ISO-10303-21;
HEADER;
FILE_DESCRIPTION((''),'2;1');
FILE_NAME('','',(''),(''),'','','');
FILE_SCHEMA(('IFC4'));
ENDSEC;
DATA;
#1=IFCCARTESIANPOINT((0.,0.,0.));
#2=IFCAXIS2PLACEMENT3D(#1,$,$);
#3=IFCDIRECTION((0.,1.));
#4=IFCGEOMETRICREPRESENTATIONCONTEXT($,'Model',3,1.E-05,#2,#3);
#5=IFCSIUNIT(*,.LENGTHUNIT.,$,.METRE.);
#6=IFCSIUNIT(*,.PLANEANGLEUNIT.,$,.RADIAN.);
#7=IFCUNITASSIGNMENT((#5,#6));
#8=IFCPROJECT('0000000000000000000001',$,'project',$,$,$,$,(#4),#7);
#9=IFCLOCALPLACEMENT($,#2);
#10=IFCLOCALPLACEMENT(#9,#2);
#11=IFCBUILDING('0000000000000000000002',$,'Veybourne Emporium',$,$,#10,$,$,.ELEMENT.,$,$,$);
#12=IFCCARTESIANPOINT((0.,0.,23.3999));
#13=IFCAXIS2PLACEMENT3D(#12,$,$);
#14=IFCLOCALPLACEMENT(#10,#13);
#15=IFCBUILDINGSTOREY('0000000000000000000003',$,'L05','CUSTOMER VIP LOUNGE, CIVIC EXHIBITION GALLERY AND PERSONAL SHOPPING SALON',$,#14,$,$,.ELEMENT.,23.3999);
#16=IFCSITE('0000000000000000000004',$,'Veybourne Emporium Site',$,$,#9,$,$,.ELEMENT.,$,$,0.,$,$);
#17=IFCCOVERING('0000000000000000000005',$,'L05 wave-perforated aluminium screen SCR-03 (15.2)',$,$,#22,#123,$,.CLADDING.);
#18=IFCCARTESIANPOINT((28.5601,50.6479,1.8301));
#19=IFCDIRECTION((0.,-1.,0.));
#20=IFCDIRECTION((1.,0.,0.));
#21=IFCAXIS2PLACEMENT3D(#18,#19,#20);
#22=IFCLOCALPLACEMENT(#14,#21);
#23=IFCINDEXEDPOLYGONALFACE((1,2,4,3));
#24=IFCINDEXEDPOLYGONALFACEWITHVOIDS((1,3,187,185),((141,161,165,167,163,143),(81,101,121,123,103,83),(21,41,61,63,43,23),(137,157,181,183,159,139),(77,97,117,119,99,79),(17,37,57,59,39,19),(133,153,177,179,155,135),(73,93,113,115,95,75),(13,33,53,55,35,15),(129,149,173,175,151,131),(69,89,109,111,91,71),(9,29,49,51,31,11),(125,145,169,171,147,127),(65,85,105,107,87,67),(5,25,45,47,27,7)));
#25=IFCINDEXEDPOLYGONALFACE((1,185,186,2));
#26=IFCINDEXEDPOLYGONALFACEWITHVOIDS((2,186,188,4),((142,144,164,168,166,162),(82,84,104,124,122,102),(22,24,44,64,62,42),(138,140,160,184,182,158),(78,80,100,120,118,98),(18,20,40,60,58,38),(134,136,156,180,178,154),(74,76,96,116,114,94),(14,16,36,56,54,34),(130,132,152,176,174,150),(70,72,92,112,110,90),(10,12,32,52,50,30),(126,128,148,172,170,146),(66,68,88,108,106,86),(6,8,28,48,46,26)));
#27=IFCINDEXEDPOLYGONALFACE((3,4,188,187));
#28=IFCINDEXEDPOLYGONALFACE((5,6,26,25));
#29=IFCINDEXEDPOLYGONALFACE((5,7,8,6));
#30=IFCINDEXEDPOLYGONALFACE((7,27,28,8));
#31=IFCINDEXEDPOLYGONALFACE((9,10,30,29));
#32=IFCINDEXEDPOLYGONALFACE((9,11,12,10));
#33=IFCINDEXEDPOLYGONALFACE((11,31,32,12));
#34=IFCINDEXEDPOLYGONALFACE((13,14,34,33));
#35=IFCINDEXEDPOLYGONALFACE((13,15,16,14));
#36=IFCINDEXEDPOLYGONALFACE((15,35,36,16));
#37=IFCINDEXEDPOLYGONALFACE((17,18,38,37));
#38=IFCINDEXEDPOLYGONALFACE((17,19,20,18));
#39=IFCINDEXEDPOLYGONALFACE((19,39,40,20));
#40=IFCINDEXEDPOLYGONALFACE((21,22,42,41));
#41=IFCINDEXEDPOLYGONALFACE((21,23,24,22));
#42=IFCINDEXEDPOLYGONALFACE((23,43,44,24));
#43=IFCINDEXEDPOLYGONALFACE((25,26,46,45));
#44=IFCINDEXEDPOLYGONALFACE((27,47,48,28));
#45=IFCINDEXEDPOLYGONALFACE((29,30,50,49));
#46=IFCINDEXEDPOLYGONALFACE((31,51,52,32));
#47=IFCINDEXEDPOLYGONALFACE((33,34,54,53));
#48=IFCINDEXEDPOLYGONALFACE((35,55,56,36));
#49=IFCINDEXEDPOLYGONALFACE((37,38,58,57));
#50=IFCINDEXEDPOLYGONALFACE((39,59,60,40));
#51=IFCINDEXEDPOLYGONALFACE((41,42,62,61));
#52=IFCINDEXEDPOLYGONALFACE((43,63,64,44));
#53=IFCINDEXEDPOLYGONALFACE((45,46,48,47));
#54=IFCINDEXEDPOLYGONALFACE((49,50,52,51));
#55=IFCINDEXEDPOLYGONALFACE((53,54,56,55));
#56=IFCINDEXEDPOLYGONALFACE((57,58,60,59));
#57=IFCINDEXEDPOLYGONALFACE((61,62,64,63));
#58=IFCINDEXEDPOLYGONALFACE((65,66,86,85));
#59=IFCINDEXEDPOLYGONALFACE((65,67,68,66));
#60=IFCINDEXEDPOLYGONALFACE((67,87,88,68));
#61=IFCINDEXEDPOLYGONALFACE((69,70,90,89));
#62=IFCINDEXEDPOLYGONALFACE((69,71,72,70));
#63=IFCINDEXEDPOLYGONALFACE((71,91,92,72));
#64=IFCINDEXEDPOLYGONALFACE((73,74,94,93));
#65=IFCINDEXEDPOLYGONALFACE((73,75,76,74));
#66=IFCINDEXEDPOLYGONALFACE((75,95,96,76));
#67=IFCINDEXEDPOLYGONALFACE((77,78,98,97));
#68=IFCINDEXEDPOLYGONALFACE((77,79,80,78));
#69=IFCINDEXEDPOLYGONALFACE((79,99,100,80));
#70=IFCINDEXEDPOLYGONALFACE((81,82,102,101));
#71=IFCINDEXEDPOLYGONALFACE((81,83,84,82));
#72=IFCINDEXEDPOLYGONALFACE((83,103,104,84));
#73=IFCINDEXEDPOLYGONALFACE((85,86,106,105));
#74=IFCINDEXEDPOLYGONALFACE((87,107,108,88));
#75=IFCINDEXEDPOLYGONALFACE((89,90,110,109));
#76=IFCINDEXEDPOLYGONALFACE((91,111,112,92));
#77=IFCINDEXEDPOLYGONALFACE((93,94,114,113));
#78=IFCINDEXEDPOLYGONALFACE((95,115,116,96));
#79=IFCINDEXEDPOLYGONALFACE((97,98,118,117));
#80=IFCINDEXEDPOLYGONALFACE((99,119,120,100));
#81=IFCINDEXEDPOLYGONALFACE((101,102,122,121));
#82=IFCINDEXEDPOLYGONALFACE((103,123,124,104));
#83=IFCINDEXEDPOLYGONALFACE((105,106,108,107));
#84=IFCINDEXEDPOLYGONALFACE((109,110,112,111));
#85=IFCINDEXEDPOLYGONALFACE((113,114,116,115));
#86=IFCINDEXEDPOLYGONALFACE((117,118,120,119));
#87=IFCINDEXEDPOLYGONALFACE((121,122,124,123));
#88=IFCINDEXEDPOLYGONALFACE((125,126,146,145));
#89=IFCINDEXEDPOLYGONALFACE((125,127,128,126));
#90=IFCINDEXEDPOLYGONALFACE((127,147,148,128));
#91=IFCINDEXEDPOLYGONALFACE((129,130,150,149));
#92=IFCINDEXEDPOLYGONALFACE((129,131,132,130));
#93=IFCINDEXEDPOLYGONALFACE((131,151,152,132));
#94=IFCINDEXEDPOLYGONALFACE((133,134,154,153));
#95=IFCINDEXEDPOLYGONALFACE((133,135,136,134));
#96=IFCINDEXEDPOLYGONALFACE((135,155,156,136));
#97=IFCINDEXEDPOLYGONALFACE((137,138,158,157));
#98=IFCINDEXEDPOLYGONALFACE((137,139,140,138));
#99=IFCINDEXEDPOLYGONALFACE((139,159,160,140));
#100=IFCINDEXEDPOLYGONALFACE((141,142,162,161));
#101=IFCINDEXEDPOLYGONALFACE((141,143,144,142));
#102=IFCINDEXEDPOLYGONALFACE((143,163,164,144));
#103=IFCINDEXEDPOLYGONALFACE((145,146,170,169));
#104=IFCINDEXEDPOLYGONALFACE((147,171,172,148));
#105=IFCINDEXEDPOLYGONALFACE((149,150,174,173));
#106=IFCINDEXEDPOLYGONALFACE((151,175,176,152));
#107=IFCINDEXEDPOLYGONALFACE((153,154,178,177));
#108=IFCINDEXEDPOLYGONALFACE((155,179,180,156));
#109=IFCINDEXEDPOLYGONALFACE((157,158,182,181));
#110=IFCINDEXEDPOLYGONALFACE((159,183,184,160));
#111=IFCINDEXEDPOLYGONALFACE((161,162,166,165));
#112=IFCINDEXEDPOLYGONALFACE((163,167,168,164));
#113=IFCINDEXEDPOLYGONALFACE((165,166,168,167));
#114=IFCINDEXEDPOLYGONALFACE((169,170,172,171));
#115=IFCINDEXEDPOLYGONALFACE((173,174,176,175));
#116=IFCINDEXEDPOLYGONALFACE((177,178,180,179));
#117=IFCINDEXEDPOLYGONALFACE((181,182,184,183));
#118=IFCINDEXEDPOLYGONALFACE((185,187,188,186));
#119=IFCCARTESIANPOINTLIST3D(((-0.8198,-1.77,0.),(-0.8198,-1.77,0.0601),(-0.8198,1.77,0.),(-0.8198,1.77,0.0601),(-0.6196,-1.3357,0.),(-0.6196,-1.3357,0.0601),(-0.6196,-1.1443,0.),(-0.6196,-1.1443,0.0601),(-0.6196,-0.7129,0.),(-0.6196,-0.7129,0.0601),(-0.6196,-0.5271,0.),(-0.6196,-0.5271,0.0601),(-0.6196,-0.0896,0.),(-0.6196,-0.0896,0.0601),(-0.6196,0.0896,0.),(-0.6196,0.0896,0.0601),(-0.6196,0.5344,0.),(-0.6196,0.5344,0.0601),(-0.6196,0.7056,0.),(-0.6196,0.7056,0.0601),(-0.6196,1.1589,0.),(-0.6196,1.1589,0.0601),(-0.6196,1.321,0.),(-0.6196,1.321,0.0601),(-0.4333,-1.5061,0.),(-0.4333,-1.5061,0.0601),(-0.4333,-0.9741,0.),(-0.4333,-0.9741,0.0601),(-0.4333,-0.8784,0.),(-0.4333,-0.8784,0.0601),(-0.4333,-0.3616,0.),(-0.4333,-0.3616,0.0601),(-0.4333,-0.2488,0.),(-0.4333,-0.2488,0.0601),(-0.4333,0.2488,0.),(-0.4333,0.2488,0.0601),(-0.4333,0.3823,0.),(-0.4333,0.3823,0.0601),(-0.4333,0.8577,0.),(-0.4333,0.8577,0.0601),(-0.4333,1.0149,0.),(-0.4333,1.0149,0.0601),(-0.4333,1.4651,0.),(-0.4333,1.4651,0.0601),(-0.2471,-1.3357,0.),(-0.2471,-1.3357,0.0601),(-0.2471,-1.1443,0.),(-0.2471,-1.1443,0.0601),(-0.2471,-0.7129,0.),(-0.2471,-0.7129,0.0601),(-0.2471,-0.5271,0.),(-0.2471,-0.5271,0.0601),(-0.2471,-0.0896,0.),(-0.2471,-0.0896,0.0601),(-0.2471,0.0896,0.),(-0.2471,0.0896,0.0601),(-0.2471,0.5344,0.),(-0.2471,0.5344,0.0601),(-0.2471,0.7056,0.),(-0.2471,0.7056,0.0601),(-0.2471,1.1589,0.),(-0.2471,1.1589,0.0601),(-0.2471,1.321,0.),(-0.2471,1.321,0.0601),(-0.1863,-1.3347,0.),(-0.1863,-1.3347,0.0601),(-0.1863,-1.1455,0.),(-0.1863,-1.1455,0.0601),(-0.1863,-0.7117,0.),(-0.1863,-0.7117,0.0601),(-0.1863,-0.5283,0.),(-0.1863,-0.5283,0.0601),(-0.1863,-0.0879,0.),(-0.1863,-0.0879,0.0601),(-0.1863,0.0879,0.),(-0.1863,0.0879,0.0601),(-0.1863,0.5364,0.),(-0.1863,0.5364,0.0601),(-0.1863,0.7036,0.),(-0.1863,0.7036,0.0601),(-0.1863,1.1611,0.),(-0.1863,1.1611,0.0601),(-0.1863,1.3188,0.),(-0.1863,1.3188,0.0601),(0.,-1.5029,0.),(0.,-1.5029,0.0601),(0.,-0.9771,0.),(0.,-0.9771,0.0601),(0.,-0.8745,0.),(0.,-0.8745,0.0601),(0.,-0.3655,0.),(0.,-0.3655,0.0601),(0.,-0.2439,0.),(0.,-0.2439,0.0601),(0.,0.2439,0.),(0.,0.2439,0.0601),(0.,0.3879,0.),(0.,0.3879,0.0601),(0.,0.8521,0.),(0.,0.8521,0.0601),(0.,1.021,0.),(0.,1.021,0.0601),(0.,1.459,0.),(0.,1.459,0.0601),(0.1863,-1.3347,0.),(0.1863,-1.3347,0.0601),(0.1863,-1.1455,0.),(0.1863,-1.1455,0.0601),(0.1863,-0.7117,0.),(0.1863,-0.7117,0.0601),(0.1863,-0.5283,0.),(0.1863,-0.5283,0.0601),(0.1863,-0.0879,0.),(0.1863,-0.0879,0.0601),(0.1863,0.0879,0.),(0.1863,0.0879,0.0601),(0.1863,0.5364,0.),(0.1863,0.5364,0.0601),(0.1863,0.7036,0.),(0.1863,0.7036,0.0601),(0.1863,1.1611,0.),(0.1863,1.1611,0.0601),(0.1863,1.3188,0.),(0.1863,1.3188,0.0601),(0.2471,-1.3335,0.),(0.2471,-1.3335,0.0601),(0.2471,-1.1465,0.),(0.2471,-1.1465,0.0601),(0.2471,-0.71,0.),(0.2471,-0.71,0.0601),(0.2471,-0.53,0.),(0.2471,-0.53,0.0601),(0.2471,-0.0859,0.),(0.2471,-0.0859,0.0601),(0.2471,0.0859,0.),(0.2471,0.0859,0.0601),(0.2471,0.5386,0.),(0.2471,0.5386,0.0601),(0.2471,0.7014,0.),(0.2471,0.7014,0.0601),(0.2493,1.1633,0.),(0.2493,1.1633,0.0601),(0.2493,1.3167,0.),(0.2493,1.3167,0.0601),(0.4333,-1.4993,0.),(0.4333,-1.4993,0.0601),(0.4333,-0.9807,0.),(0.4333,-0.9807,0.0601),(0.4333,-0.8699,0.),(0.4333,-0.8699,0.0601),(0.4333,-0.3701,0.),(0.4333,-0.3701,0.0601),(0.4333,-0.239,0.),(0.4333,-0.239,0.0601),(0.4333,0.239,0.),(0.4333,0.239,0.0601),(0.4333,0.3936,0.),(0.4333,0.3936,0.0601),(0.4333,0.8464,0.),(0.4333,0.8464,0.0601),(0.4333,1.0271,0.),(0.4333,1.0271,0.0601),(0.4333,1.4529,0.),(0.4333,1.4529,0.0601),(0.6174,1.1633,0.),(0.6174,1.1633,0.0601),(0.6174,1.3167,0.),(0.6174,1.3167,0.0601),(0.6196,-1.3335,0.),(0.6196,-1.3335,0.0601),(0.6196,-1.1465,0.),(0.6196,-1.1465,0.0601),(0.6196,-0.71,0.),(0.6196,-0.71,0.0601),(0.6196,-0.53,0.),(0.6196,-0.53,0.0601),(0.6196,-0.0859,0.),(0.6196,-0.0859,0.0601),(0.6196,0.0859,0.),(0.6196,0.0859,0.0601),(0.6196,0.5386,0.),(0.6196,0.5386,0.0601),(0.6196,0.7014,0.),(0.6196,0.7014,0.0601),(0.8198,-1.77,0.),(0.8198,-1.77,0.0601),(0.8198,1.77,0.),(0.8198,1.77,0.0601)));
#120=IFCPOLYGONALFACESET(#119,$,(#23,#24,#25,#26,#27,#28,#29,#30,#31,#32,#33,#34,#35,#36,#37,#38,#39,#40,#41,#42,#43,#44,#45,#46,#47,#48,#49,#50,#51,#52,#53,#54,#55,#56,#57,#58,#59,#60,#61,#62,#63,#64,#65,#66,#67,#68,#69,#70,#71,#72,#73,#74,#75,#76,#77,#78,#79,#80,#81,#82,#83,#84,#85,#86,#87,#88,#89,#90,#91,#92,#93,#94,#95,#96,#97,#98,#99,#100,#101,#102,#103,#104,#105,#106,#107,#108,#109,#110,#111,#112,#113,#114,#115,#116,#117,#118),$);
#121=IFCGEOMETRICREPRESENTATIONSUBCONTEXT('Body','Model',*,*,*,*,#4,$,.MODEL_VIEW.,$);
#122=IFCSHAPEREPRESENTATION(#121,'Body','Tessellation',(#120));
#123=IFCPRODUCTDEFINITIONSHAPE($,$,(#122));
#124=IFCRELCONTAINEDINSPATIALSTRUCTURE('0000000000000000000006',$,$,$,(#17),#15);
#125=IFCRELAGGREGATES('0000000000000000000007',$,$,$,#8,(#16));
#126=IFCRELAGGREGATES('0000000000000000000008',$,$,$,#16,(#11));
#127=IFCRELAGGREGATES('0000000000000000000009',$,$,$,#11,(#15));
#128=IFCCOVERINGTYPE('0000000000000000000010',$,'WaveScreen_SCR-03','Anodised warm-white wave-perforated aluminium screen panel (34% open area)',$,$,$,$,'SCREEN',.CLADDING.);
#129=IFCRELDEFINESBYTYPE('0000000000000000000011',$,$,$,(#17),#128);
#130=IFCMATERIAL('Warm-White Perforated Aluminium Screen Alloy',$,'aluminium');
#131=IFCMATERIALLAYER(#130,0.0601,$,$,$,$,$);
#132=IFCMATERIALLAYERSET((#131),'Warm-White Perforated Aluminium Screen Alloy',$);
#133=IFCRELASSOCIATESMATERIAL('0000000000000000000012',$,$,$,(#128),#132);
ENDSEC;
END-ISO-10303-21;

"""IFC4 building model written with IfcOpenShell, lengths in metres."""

from ifc_helpers import new_model, si_unit, direction, frame, origin, place, context, subcontext, project, spatial, polyline, outline, extrude, material, layer, layer_set, type_object, element, save


model = new_model("IFC4")

# Units and contexts
model_context = context("Model", 3, precision=1e-05, world=origin(), true_north=direction((0.0, 1.0)))
body_context = subcontext(model_context, "Body", "Model", "MODEL_VIEW")
ifc_project = project(units=[si_unit("LENGTHUNIT", "METRE"), si_unit("PLANEANGLEUNIT", "RADIAN")], contexts=[model_context])

# Site, building, storey
site_placement = place(None, origin())
site = spatial("IfcSite", under=ifc_project, at=site_placement, Name="Veybourne Emporium Site", CompositionType="ELEMENT", RefElevation=0.0)
building_placement = place(site_placement, origin())
building = spatial("IfcBuilding", under=site, at=building_placement, Name="Veybourne Emporium", CompositionType="ELEMENT")
storey_placement = place(building_placement, frame((0.0, 0.0, 23.3999)))
storey = spatial("IfcBuildingStorey", under=building, at=storey_placement, Name="L05", Description="CUSTOMER VIP LOUNGE, CIVIC EXHIBITION GALLERY AND PERSONAL SHOPPING SALON", CompositionType="ELEMENT", Elevation=23.3999)

# Covering
ifc_material_1 = material(Name="Warm-White Perforated Aluminium Screen Alloy", Category="aluminium")
ifc_layer_1 = layer(ifc_material_1, 0.0601)
ifc_layer_set_1 = layer_set([ifc_layer_1], Name="Warm-White Perforated Aluminium Screen Alloy")
covering_type_1 = type_object("IfcCoveringType", Name="WaveScreen_SCR-03", Description="Anodised warm-white wave-perforated aluminium screen panel (34% open area)", ElementType="SCREEN", PredefinedType="CLADDING", material=ifc_layer_set_1)
covering_1_placement = place(storey_placement, frame((28.5601, 50.6479, 1.8301), z_axis=(0.0, -1.0, 0.0), x_axis=(1.0, 0.0, 0.0)))
element("IfcCovering", 1, at=covering_1_placement, inside=storey, type_object=covering_type_1, Name="L05 wave-perforated aluminium screen SCR-03 (15.2)", PredefinedType="CLADDING", context=body_context, shape_type="SweptSolid", body=[
    extrude(outline(polyline([(-0.8198, -1.77), (0.8198, -1.77), (0.8198, 1.77), (-0.8198, 1.77), (-0.8198, -1.77)]), holes=[polyline([(-0.4333, -0.9741), (-0.2471, -1.1443), (-0.2471, -1.3357), (-0.4333, -1.5061), (-0.6196, -1.3357), (-0.6196, -1.1443), (-0.4333, -0.9741)]), polyline([(-0.4333, -0.3616), (-0.2471, -0.5271), (-0.2471, -0.7129), (-0.4333, -0.8784), (-0.6196, -0.7129), (-0.6196, -0.5271), (-0.4333, -0.3616)]), polyline([(-0.4333, 0.2488), (-0.2471, 0.0896), (-0.2471, -0.0896), (-0.4333, -0.2488), (-0.6196, -0.0896), (-0.6196, 0.0896), (-0.4333, 0.2488)]), polyline([(-0.4333, 0.8577), (-0.2471, 0.7056), (-0.2471, 0.5344), (-0.4333, 0.3823), (-0.6196, 0.5344), (-0.6196, 0.7056), (-0.4333, 0.8577)]), polyline([(-0.4333, 1.4651), (-0.2471, 1.321), (-0.2471, 1.1589), (-0.4333, 1.0149), (-0.6196, 1.1589), (-0.6196, 1.321), (-0.4333, 1.4651)]), polyline([(0.0, -0.9771), (0.1863, -1.1455), (0.1863, -1.3347), (0.0, -1.5029), (-0.1863, -1.3347), (-0.1863, -1.1455), (0.0, -0.9771)]), polyline([(0.0, -0.3655), (0.1863, -0.5283), (0.1863, -0.7117), (0.0, -0.8745), (-0.1863, -0.7117), (-0.1863, -0.5283), (0.0, -0.3655)]), polyline([(0.0, 0.2439), (0.1863, 0.0879), (0.1863, -0.0879), (0.0, -0.2439), (-0.1863, -0.0879), (-0.1863, 0.0879), (0.0, 0.2439)]), polyline([(0.0, 0.8521), (0.1863, 0.7036), (0.1863, 0.5364), (0.0, 0.3879), (-0.1863, 0.5364), (-0.1863, 0.7036), (0.0, 0.8521)]), polyline([(0.0, 1.459), (0.1863, 1.3188), (0.1863, 1.1611), (0.0, 1.021), (-0.1863, 1.1611), (-0.1863, 1.3188), (0.0, 1.459)]), polyline([(0.4333, -0.9807), (0.6196, -1.1465), (0.6196, -1.3335), (0.4333, -1.4993), (0.2471, -1.3335), (0.2471, -1.1465), (0.4333, -0.9807)]), polyline([(0.4333, -0.3701), (0.6196, -0.53), (0.6196, -0.71), (0.4333, -0.8699), (0.2471, -0.71), (0.2471, -0.53), (0.4333, -0.3701)]), polyline([(0.4333, 0.239), (0.6196, 0.0859), (0.6196, -0.0859), (0.4333, -0.239), (0.2471, -0.0859), (0.2471, 0.0859), (0.4333, 0.239)]), polyline([(0.4333, 0.8464), (0.6196, 0.7014), (0.6196, 0.5386), (0.4333, 0.3936), (0.2471, 0.5386), (0.2471, 0.7014), (0.4333, 0.8464)]), polyline([(0.4333, 1.4529), (0.6174, 1.3167), (0.6174, 1.1633), (0.4333, 1.0271), (0.2493, 1.1633), (0.2493, 1.3167), (0.4333, 1.4529)])]), origin(), (0.0, 0.0, 1.0), 0.0601),
])

save(model, "model.ifc")
